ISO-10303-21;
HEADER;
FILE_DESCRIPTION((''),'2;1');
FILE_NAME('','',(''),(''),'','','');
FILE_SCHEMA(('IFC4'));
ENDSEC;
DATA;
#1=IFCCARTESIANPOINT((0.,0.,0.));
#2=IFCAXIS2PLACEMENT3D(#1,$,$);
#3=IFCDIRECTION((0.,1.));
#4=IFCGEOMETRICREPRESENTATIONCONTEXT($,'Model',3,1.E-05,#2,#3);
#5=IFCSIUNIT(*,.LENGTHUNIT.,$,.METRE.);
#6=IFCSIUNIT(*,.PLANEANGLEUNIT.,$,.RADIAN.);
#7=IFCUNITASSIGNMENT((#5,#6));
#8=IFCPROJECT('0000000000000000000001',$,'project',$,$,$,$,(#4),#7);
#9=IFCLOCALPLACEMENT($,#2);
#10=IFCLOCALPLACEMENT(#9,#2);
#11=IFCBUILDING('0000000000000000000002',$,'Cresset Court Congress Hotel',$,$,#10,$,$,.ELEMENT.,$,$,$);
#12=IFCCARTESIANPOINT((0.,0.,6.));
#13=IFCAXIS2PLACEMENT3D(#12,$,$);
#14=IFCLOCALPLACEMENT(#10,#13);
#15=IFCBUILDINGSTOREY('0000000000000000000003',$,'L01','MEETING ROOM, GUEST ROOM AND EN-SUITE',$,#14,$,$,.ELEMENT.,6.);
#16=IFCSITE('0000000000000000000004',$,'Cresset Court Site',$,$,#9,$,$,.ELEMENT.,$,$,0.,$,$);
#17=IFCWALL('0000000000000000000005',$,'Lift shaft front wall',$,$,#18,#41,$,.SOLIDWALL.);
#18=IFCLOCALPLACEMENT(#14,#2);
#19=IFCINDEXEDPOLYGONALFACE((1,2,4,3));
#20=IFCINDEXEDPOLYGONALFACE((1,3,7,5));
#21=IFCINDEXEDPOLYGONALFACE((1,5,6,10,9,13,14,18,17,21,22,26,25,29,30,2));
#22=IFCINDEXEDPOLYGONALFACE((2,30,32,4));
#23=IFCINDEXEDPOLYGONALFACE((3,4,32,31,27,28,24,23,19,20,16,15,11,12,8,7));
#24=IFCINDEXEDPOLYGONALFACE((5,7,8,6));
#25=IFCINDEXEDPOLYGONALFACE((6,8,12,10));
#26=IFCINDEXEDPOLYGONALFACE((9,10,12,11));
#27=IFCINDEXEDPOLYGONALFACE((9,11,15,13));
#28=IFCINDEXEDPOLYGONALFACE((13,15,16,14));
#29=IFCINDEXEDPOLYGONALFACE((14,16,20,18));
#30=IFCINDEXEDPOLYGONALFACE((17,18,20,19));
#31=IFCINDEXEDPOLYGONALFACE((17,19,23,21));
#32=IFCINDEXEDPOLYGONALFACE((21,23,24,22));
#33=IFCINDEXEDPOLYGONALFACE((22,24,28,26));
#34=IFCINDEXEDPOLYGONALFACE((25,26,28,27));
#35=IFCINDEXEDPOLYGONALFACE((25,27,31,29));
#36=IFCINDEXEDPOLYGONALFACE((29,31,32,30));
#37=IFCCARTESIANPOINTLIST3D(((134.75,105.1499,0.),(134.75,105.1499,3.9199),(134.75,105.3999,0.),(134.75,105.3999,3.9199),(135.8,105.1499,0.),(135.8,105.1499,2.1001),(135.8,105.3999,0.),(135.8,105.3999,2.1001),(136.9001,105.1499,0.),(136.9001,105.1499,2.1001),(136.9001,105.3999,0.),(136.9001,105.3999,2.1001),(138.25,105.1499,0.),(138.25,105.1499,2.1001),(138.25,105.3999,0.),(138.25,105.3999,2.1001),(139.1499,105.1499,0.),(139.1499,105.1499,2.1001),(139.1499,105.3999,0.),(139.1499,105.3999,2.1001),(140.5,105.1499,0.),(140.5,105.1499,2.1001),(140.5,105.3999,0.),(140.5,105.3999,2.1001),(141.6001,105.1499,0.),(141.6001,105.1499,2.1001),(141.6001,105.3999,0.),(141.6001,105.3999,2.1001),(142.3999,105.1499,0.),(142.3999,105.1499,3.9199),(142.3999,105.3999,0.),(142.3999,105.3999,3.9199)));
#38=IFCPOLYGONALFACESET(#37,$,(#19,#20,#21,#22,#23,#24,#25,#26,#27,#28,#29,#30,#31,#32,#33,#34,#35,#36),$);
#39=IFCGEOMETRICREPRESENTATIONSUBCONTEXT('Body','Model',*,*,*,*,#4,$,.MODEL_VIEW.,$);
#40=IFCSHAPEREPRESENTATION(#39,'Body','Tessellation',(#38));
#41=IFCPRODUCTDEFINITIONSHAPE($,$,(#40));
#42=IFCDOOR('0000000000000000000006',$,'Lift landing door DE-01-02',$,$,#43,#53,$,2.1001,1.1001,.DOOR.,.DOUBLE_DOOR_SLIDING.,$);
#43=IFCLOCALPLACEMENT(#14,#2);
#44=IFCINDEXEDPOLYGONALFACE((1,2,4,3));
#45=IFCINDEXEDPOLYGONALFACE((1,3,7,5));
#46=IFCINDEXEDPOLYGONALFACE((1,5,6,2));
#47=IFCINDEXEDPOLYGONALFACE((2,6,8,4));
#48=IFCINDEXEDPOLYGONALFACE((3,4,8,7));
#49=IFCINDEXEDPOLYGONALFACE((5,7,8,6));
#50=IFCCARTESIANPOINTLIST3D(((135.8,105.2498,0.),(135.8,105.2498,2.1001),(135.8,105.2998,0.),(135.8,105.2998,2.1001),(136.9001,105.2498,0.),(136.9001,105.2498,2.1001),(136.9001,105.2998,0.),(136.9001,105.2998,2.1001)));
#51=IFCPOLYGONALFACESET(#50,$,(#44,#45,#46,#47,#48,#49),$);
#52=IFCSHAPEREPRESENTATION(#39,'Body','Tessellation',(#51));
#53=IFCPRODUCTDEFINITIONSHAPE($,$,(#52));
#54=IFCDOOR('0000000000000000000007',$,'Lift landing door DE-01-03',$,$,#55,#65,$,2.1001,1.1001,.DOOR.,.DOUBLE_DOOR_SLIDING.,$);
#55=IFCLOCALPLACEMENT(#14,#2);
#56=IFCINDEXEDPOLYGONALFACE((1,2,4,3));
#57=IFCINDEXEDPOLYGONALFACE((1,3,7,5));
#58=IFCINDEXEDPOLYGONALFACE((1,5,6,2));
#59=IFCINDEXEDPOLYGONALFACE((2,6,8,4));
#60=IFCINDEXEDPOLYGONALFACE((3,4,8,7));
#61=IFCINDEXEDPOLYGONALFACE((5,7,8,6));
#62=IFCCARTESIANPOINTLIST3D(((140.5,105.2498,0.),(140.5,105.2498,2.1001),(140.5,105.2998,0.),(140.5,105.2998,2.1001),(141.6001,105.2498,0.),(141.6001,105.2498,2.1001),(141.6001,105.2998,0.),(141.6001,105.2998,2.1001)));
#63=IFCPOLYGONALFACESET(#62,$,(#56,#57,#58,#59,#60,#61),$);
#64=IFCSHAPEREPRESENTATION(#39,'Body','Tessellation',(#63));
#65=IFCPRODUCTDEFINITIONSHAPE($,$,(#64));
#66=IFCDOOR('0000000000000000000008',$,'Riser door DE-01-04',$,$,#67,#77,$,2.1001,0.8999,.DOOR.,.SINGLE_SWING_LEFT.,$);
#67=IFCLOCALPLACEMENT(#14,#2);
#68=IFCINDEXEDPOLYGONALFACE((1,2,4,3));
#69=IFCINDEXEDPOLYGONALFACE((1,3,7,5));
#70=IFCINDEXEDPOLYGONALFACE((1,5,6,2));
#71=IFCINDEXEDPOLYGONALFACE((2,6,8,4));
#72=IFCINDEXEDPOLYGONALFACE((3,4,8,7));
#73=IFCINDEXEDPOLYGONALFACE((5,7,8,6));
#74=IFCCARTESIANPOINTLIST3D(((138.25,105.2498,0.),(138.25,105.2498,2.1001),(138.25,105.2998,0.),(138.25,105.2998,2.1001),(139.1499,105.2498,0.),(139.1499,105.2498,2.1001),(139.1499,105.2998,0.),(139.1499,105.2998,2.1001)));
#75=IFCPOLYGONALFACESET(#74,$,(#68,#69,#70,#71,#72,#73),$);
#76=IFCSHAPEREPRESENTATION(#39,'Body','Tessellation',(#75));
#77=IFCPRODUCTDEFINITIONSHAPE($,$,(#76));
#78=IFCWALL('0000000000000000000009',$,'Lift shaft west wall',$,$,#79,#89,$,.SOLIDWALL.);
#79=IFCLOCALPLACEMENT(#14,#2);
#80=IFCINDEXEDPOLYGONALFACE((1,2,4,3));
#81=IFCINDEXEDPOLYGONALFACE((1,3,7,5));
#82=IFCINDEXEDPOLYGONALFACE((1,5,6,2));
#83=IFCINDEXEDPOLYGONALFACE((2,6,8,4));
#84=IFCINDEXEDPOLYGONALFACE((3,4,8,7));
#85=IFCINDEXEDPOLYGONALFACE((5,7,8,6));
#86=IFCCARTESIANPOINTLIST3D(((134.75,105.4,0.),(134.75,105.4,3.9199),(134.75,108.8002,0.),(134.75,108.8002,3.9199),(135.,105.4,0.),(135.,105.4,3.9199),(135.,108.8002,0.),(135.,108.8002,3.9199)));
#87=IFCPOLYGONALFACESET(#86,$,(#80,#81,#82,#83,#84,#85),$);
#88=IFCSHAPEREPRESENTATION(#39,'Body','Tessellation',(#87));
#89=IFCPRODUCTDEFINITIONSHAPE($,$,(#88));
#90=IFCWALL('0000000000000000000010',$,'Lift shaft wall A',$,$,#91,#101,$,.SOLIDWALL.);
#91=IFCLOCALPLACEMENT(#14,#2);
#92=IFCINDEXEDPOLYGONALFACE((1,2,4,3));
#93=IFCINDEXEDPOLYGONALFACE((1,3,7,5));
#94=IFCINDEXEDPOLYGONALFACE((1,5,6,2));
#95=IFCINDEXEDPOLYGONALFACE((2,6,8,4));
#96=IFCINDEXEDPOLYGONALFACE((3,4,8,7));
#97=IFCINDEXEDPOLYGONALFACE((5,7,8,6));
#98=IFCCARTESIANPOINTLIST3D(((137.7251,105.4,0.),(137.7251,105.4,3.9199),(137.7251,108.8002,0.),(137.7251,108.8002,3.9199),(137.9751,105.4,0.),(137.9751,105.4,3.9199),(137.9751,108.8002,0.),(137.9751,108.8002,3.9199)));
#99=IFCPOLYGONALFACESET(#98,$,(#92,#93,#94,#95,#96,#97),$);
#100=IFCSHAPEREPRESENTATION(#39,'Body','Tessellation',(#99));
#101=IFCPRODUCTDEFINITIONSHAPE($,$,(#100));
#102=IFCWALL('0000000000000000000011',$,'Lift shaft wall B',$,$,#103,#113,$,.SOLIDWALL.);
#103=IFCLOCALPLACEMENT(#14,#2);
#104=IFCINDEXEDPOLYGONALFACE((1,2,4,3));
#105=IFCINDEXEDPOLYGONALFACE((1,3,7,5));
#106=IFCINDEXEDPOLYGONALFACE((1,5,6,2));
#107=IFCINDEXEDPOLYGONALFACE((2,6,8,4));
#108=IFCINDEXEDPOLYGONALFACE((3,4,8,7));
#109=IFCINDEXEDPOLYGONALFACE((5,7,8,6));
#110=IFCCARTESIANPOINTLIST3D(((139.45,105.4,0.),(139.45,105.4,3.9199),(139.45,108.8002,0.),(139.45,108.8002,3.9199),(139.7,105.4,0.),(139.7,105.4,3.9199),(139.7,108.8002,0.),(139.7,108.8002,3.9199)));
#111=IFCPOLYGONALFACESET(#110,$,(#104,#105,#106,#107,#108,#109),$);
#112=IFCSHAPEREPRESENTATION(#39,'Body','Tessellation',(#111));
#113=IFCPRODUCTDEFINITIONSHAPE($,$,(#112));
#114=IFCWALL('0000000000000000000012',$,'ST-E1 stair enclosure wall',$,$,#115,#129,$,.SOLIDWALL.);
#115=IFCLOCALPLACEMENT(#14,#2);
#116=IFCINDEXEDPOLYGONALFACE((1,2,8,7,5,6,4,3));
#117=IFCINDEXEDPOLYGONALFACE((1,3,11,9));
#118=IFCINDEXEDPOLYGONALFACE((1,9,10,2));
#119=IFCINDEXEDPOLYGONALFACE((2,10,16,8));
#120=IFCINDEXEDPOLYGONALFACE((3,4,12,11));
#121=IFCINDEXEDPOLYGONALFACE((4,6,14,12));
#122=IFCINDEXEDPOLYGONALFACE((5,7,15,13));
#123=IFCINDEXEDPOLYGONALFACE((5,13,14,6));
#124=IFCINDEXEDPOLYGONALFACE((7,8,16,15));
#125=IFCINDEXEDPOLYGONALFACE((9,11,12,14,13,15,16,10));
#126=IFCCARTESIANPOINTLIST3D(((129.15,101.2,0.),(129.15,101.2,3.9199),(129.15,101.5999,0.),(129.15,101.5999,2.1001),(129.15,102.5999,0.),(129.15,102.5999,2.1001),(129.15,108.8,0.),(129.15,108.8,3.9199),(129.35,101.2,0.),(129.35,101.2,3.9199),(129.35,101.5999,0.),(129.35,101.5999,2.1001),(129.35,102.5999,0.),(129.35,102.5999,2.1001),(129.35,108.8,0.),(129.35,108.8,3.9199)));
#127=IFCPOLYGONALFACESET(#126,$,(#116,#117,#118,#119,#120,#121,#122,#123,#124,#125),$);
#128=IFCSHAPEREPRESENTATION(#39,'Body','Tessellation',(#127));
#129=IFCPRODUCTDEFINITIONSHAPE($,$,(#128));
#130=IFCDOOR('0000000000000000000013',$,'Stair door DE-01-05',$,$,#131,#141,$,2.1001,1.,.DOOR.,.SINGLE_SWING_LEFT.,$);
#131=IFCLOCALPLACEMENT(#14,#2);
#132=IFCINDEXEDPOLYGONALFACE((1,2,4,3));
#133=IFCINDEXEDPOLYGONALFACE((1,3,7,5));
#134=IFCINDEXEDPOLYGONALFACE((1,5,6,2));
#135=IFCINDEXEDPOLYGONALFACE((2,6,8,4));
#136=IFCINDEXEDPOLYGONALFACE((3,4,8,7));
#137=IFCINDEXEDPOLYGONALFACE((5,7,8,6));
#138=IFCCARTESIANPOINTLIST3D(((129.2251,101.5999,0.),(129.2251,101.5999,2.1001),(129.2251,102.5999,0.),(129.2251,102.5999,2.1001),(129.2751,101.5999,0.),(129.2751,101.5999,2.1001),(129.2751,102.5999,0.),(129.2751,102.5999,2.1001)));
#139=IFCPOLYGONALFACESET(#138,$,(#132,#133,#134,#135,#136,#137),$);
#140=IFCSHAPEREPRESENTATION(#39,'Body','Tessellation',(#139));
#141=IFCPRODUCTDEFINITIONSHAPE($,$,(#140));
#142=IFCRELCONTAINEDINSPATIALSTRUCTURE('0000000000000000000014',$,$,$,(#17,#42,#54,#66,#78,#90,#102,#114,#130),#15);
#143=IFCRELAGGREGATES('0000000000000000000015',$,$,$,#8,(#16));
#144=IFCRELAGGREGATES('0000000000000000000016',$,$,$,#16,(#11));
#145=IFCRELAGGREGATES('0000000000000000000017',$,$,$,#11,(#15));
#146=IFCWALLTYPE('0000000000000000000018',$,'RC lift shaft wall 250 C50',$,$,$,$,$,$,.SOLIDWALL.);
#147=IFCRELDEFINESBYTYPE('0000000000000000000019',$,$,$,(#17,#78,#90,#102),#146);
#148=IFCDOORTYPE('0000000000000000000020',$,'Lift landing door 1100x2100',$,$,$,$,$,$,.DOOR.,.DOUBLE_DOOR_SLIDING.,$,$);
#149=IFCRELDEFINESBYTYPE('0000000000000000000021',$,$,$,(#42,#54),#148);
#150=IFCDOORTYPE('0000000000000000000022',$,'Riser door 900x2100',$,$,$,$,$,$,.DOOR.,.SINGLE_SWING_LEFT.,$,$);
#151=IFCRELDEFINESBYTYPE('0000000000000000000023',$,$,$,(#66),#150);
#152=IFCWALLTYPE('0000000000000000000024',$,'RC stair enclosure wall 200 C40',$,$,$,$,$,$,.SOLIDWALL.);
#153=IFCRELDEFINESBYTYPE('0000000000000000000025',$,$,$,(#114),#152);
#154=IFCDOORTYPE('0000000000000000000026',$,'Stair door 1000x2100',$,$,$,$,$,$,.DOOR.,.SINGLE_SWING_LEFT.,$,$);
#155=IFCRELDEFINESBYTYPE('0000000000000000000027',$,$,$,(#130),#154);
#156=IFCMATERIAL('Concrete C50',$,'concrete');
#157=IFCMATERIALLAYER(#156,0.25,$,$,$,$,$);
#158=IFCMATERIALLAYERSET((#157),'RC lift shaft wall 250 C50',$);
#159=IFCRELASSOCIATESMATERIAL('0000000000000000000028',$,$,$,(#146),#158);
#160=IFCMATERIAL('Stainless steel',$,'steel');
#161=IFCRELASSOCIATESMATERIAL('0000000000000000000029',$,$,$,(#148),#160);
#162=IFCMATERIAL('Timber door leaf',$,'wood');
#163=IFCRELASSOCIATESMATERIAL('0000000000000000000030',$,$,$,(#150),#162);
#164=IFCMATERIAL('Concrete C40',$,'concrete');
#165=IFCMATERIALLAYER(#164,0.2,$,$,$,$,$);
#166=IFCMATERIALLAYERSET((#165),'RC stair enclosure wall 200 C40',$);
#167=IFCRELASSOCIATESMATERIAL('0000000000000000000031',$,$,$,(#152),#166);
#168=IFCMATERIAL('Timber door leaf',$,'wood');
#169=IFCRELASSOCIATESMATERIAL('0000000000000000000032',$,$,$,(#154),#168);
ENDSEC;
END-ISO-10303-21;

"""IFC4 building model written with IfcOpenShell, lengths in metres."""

from ifc_helpers import new_model, si_unit, direction, frame, frame_2d, origin, place, context, subcontext, project, spatial, rectangle, extrude, material, layer, layer_set, type_object, element, fill, save


model = new_model("IFC4")

# Units and contexts
model_context = context("Model", 3, precision=1e-05, world=origin(), true_north=direction((0.0, 1.0)))
body_context = subcontext(model_context, "Body", "Model", "MODEL_VIEW")
ifc_project = project(units=[si_unit("LENGTHUNIT", "METRE"), si_unit("PLANEANGLEUNIT", "RADIAN")], contexts=[model_context])

# Site, building, storey
site_placement = place(None, origin())
site = spatial("IfcSite", under=ifc_project, at=site_placement, Name="Cresset Court Site", CompositionType="ELEMENT", RefElevation=0.0)
building_placement = place(site_placement, origin())
building = spatial("IfcBuilding", under=site, at=building_placement, Name="Cresset Court Congress Hotel", CompositionType="ELEMENT")
storey_placement = place(building_placement, frame((0.0, 0.0, 6.0)))
storey = spatial("IfcBuildingStorey", under=building, at=storey_placement, Name="L01", Description="MEETING ROOM, GUEST ROOM AND EN-SUITE", CompositionType="ELEMENT", Elevation=6.0)

# Wall, openings, doors
ifc_material_1 = material(Name="Concrete C50", Category="concrete")
ifc_layer_1 = layer(ifc_material_1, 0.25)
ifc_layer_set_1 = layer_set([ifc_layer_1], Name="RC lift shaft wall 250 C50")
wall_type_1 = type_object("IfcWallType", Name="RC lift shaft wall 250 C50", PredefinedType="SOLIDWALL", material=ifc_layer_set_1)
wall_1_placement = place(storey_placement, frame((134.75, 105.2749, 0.0), z_axis=(0.0, 0.0, 1.0), x_axis=(1.0, 0.0, 0.0)))
wall_1 = element("IfcWall", 1, at=wall_1_placement, inside=storey, type_object=wall_type_1, Name="Lift shaft front wall", PredefinedType="SOLIDWALL", context=body_context, shape_type="SweptSolid", body=[
    extrude(rectangle(XDim=7.6499, YDim=0.25, at=frame_2d((3.825, 0.0))), origin(), (0.0, 0.0, 1.0), 3.9199),
])
opening_1_placement = place(wall_1_placement, frame((1.05, 0.0, 0.0)))
opening_1 = element("IfcOpeningElement", 2, at=opening_1_placement, cuts=wall_1, PredefinedType="OPENING", context=body_context, shape_type="SweptSolid", body=[
    extrude(rectangle(XDim=1.1001, YDim=2.1001, at=frame_2d((0.55, 1.05))), frame((0.0, 0.135, 0.0), z_axis=(0.0, -1.0, 0.0), x_axis=(1.0, 0.0, 0.0)), (0.0, 0.0, 1.0), 0.27),
])
opening_2_placement = place(wall_1_placement, frame((5.75, 0.0, 0.0)))
opening_2 = element("IfcOpeningElement", 3, at=opening_2_placement, cuts=wall_1, PredefinedType="OPENING", context=body_context, shape_type="SweptSolid", body=[
    extrude(rectangle(XDim=1.1001, YDim=2.1001, at=frame_2d((0.55, 1.05))), frame((0.0, 0.135, 0.0), z_axis=(0.0, -1.0, 0.0), x_axis=(1.0, 0.0, 0.0)), (0.0, 0.0, 1.0), 0.27),
])
opening_3_placement = place(wall_1_placement, frame((3.5, 0.0, 0.0)))
opening_3 = element("IfcOpeningElement", 4, at=opening_3_placement, cuts=wall_1, PredefinedType="OPENING", context=body_context, shape_type="SweptSolid", body=[
    extrude(rectangle(XDim=0.8999, YDim=2.1001, at=frame_2d((0.45, 1.05))), frame((0.0, 0.135, 0.0), z_axis=(0.0, -1.0, 0.0), x_axis=(1.0, 0.0, 0.0)), (0.0, 0.0, 1.0), 0.27),
])
ifc_material_2 = material(Name="Stainless steel", Category="steel")
door_type_1 = type_object("IfcDoorType", Name="Lift landing door 1100x2100", OperationType="DOUBLE_DOOR_SLIDING", PredefinedType="DOOR", material=ifc_material_2)
door_1_placement = place(opening_1_placement, origin())
door_1 = element("IfcDoor", 5, at=door_1_placement, inside=storey, type_object=door_type_1, Name="Lift landing door DE-01-02", OperationType="DOUBLE_DOOR_SLIDING", OverallHeight=2.1001, OverallWidth=1.1001, PredefinedType="DOOR", context=body_context, shape_type="SweptSolid", body=[
    extrude(rectangle(XDim=1.1001, YDim=2.1001, at=frame_2d((0.55, 1.05))), frame((0.0, 0.0249, 0.0), z_axis=(0.0, -1.0, 0.0), x_axis=(1.0, 0.0, 0.0)), (0.0, 0.0, 1.0), 0.05),
])
fill(opening_1, door_1)
door_2_placement = place(opening_2_placement, origin())
door_2 = element("IfcDoor", 6, at=door_2_placement, inside=storey, type_object=door_type_1, Name="Lift landing door DE-01-03", OperationType="DOUBLE_DOOR_SLIDING", OverallHeight=2.1001, OverallWidth=1.1001, PredefinedType="DOOR", context=body_context, shape_type="SweptSolid", body=[
    extrude(rectangle(XDim=1.1001, YDim=2.1001, at=frame_2d((0.55, 1.05))), frame((0.0, 0.0249, 0.0), z_axis=(0.0, -1.0, 0.0), x_axis=(1.0, 0.0, 0.0)), (0.0, 0.0, 1.0), 0.05),
])
fill(opening_2, door_2)
ifc_material_3 = material(Name="Timber door leaf", Category="wood")
door_type_2 = type_object("IfcDoorType", Name="Riser door 900x2100", OperationType="SINGLE_SWING_LEFT", PredefinedType="DOOR", material=ifc_material_3)
door_3_placement = place(opening_3_placement, origin())
door_3 = element("IfcDoor", 7, at=door_3_placement, inside=storey, type_object=door_type_2, Name="Riser door DE-01-04", OperationType="SINGLE_SWING_LEFT", OverallHeight=2.1001, OverallWidth=0.8999, PredefinedType="DOOR", context=body_context, shape_type="SweptSolid", body=[
    extrude(rectangle(XDim=0.8999, YDim=2.1001, at=frame_2d((0.45, 1.05))), frame((0.0, 0.0249, 0.0), z_axis=(0.0, -1.0, 0.0), x_axis=(1.0, 0.0, 0.0)), (0.0, 0.0, 1.0), 0.05),
])
fill(opening_3, door_3)

# Walls
for number, where, z_axis, x_axis, name in (
    (8, (134.875, 105.3999, 0.0), (0.0, 0.0, 1.0), (0.0, 1.0, 0.0), "Lift shaft west wall"),
    (9, (137.8501, 105.3999, 0.0), (0.0, 0.0, 1.0), (0.0, 1.0, 0.0), "Lift shaft wall A"),
    (10, (139.575, 105.3999, 0.0), (0.0, 0.0, 1.0), (0.0, 1.0, 0.0), "Lift shaft wall B"),
):
    element("IfcWall", number, at=place(storey_placement, frame(where, z_axis=z_axis, x_axis=x_axis)), inside=storey, type_object=wall_type_1, Name=name, PredefinedType="SOLIDWALL", context=body_context, shape_type="SweptSolid", body=[
        extrude(rectangle(XDim=3.4001, YDim=0.25, at=frame_2d((1.7002, 0.0))), origin(), (0.0, 0.0, 1.0), 3.9199),
    ])

# Wall, opening, door
ifc_material_4 = material(Name="Concrete C40", Category="concrete")
ifc_layer_2 = layer(ifc_material_4, 0.2)
ifc_layer_set_2 = layer_set([ifc_layer_2], Name="RC stair enclosure wall 200 C40")
wall_type_2 = type_object("IfcWallType", Name="RC stair enclosure wall 200 C40", PredefinedType="SOLIDWALL", material=ifc_layer_set_2)
wall_2_placement = place(storey_placement, frame((129.25, 101.2, 0.0), z_axis=(0.0, 0.0, 1.0), x_axis=(0.0, 1.0, 0.0)))
wall_2 = element("IfcWall", 11, at=wall_2_placement, inside=storey, type_object=wall_type_2, Name="ST-E1 stair enclosure wall", PredefinedType="SOLIDWALL", context=body_context, shape_type="SweptSolid", body=[
    extrude(rectangle(XDim=7.6001, YDim=0.2, at=frame_2d((3.8, 0.0))), origin(), (0.0, 0.0, 1.0), 3.9199),
])
opening_4_placement = place(wall_2_placement, frame((0.3999, 0.0, 0.0)))
opening_4 = element("IfcOpeningElement", 12, at=opening_4_placement, cuts=wall_2, PredefinedType="OPENING", context=body_context, shape_type="SweptSolid", body=[
    extrude(rectangle(XDim=1.0, YDim=2.1001, at=frame_2d((0.5, 1.05))), frame((0.0, 0.1099, 0.0), z_axis=(0.0, -1.0, 0.0), x_axis=(1.0, 0.0, 0.0)), (0.0, 0.0, 1.0), 0.22),
])
ifc_material_5 = material(Name="Timber door leaf", Category="wood")
door_type_3 = type_object("IfcDoorType", Name="Stair door 1000x2100", OperationType="SINGLE_SWING_LEFT", PredefinedType="DOOR", material=ifc_material_5)
door_4_placement = place(opening_4_placement, origin())
door_4 = element("IfcDoor", 13, at=door_4_placement, inside=storey, type_object=door_type_3, Name="Stair door DE-01-05", OperationType="SINGLE_SWING_LEFT", OverallHeight=2.1001, OverallWidth=1.0, PredefinedType="DOOR", context=body_context, shape_type="SweptSolid", body=[
    extrude(rectangle(XDim=1.0, YDim=2.1001, at=frame_2d((0.5, 1.05))), frame((0.0, 0.0249, 0.0), z_axis=(0.0, -1.0, 0.0), x_axis=(1.0, 0.0, 0.0)), (0.0, 0.0, 1.0), 0.05),
])
fill(opening_4, door_4)

save(model, "model.ifc")
